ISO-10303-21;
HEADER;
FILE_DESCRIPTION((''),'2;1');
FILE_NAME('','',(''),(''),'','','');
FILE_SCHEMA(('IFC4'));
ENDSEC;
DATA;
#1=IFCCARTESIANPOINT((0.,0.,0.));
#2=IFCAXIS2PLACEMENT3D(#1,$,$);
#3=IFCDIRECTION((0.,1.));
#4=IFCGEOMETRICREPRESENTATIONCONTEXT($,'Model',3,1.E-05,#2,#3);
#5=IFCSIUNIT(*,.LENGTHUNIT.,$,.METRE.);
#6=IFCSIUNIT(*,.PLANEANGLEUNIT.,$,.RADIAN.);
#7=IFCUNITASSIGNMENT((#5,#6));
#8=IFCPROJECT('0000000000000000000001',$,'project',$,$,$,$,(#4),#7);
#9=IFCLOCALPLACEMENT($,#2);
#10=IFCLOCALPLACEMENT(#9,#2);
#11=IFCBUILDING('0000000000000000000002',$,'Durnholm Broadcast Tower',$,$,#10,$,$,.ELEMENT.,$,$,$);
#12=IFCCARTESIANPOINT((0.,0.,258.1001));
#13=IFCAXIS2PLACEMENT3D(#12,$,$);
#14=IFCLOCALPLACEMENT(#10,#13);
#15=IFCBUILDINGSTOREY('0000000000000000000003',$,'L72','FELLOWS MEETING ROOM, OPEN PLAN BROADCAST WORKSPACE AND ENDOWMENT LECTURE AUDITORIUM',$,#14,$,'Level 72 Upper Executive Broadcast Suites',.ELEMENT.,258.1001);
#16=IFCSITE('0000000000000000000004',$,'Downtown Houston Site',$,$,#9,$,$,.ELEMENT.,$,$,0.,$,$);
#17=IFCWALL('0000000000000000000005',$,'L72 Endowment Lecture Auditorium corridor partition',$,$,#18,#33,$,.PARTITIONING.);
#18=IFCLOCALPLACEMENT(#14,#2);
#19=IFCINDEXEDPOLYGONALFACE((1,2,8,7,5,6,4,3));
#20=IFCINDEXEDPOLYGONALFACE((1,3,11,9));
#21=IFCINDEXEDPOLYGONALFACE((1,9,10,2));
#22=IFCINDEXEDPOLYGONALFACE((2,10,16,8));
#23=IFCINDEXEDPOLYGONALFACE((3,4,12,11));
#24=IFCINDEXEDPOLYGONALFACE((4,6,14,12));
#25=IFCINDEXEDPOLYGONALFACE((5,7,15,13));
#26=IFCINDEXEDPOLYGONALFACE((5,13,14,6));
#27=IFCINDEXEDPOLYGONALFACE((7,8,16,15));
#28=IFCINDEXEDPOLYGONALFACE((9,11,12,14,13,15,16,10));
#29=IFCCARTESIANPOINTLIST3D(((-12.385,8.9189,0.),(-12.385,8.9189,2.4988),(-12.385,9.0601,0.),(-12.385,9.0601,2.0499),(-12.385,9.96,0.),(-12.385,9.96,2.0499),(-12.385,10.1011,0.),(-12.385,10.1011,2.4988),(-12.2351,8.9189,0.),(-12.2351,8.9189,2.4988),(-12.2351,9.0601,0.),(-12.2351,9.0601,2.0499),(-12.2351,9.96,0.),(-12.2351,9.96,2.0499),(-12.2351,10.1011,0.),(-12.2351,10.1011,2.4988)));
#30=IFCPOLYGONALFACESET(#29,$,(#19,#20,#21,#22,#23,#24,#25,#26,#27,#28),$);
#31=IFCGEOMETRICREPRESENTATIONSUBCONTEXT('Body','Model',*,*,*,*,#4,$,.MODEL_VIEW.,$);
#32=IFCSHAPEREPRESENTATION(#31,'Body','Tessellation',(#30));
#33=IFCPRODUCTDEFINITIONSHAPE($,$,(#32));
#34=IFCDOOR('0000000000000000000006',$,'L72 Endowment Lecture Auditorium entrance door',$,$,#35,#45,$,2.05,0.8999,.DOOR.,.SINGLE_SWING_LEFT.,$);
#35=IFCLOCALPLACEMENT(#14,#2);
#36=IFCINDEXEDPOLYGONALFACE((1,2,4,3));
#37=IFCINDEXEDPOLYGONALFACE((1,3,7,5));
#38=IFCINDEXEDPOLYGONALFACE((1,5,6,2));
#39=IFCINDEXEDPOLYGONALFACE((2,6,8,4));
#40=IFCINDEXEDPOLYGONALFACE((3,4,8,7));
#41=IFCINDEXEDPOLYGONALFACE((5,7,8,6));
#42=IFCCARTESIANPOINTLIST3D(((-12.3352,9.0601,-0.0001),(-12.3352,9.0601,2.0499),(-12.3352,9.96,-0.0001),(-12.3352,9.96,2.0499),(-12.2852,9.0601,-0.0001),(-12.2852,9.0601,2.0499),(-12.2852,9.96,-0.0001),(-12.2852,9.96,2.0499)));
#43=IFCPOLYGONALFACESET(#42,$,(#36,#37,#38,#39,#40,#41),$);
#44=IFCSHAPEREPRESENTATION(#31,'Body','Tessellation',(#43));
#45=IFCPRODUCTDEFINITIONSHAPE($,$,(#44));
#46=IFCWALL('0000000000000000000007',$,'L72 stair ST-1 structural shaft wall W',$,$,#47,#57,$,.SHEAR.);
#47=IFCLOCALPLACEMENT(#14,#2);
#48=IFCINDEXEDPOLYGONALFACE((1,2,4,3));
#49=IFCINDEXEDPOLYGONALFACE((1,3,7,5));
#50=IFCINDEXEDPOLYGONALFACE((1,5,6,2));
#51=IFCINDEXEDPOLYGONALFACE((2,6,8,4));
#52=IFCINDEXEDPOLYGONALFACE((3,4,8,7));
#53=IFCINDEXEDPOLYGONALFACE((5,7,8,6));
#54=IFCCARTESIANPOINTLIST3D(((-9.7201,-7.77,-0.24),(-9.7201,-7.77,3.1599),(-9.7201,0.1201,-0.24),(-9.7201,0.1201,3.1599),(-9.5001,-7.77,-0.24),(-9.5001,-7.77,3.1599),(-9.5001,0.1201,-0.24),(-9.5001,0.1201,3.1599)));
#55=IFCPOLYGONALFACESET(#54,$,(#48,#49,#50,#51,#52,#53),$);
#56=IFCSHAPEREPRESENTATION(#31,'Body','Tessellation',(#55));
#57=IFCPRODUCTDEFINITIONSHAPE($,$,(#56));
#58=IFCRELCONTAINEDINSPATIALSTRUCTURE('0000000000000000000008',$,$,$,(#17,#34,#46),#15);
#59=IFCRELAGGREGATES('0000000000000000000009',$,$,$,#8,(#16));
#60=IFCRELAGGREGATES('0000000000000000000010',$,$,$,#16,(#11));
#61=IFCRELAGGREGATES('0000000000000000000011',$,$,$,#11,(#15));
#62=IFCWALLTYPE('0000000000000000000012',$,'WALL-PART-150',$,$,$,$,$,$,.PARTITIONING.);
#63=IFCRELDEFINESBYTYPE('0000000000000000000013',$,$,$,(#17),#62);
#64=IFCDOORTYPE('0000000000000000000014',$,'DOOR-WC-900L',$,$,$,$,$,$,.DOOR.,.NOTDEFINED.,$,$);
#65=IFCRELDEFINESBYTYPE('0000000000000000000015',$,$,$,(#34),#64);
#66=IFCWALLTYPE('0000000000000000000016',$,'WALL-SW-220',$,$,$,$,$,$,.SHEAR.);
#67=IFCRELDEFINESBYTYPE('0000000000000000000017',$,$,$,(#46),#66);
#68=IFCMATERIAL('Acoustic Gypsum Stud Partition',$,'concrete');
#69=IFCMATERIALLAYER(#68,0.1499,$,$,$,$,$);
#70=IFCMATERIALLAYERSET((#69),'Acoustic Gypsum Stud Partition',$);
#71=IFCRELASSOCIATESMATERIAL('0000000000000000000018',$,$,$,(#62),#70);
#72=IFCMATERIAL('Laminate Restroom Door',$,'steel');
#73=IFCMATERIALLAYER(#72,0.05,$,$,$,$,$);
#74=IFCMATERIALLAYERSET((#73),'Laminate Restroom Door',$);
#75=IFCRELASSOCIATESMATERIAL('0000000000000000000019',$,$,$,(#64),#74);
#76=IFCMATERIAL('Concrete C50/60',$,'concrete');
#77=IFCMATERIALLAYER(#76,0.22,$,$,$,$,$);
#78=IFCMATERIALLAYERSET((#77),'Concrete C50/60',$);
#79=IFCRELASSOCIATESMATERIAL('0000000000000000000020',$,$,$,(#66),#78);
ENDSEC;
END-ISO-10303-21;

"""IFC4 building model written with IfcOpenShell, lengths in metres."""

from ifc_helpers import new_model, si_unit, direction, frame, frame_2d, origin, place, context, subcontext, project, spatial, rectangle, extrude, source, transform, mapped, material, layer, layer_set, type_object, type_shapes, element, fill, save


model = new_model("IFC4")

# Units and contexts
model_context = context("Model", 3, precision=1e-05, world=origin(), true_north=direction((0.0, 1.0)))
body_context = subcontext(model_context, "Body", "Model", "MODEL_VIEW")
ifc_project = project(units=[si_unit("LENGTHUNIT", "METRE"), si_unit("PLANEANGLEUNIT", "RADIAN")], contexts=[model_context])

# Site, building, storey
site_placement = place(None, origin())
site = spatial("IfcSite", under=ifc_project, at=site_placement, Name="Downtown Houston Site", CompositionType="ELEMENT", RefElevation=0.0)
building_placement = place(site_placement, origin())
building = spatial("IfcBuilding", under=site, at=building_placement, Name="Durnholm Broadcast Tower", CompositionType="ELEMENT")
storey_placement = place(building_placement, frame((0.0, 0.0, 258.1001)))
storey = spatial("IfcBuildingStorey", under=building, at=storey_placement, Name="L72", Description="FELLOWS MEETING ROOM, OPEN PLAN BROADCAST WORKSPACE AND ENDOWMENT LECTURE AUDITORIUM", LongName="Level 72 Upper Executive Broadcast Suites", CompositionType="ELEMENT", Elevation=258.1001)

# Shared definitions
ifc_material_1 = material(Name="Acoustic Gypsum Stud Partition", Category="concrete")
ifc_layer_1 = layer(ifc_material_1, 0.1499)
ifc_layer_set_1 = layer_set([ifc_layer_1], Name="Acoustic Gypsum Stud Partition")
wall_type_1 = type_object("IfcWallType", Name="WALL-PART-150", PredefinedType="PARTITIONING", material=ifc_layer_set_1)

# Wall, opening, door
wall_1_placement = place(storey_placement, frame((-12.3101, 10.1011, 0.0), z_axis=(0.0, 0.0, 1.0), x_axis=(0.0, -1.0, 0.0)))
wall_1 = element("IfcWall", 1, at=wall_1_placement, inside=storey, type_object=wall_type_1, Name="L72 Endowment Lecture Auditorium corridor partition", PredefinedType="PARTITIONING", context=body_context, shape_type="SweptSolid", body=[
    extrude(rectangle(XDim=1.1821, YDim=0.1499, at=frame_2d((0.5911, 0.0))), origin(), (0.0, 0.0, 1.0), 2.4988),
])
opening_1_placement = place(wall_1_placement, frame((0.1411, 0.0, 0.0)))
opening_1 = element("IfcOpeningElement", 2, at=opening_1_placement, cuts=wall_1, PredefinedType="OPENING", context=body_context, shape_type="SweptSolid", body=[
    extrude(rectangle(XDim=0.8999, YDim=2.05, at=frame_2d((0.45, 1.0249))), frame((0.0, 0.085, 0.0), z_axis=(0.0, -1.0, 0.0), x_axis=(1.0, 0.0, 0.0)), (0.0, 0.0, 1.0), 0.1699),
])
ifc_material_2 = material(Name="Laminate Restroom Door", Category="steel")
ifc_layer_2 = layer(ifc_material_2, 0.05)
ifc_layer_set_2 = layer_set([ifc_layer_2], Name="Laminate Restroom Door")
door_type_1 = type_object("IfcDoorType", Name="DOOR-WC-900L", OperationType="NOTDEFINED", PredefinedType="DOOR", material=ifc_layer_set_2)
shared_shape_1 = source(origin(), body_context, "Body", "SweptSolid", [
    extrude(rectangle(XDim=0.8999, YDim=2.05, at=frame_2d((0.45, 1.0249))), frame((0.0, 0.0249, 0.0), z_axis=(0.0, -1.0, 0.0), x_axis=(1.0, 0.0, 0.0)), (0.0, 0.0, 1.0), 0.05),
])
type_shapes(door_type_1, [shared_shape_1])
door_1_placement = place(opening_1_placement, origin())
door_1 = element("IfcDoor", 3, at=door_1_placement, inside=storey, type_object=door_type_1, Name="L72 Endowment Lecture Auditorium entrance door", OperationType="SINGLE_SWING_LEFT", OverallHeight=2.05, OverallWidth=0.8999, PredefinedType="DOOR", context=body_context, shape_type="MappedRepresentation", body=[
    mapped(shared_shape_1, transform((0.0, 0.0, 0.0), x_axis=(1.0, 0.0, 0.0), y_axis=(0.0, 1.0, 0.0), z_axis=(0.0, 0.0, 1.0), scale=1.0)),
])
fill(opening_1, door_1)

# Wall
ifc_material_3 = material(Name="Concrete C50/60", Category="concrete")
ifc_layer_3 = layer(ifc_material_3, 0.22)
ifc_layer_set_3 = layer_set([ifc_layer_3], Name="Concrete C50/60")
wall_type_2 = type_object("IfcWallType", Name="WALL-SW-220", PredefinedType="SHEAR", material=ifc_layer_set_3)
wall_2_placement = place(storey_placement, frame((-9.6101, 0.1201, -0.24), z_axis=(0.0, 0.0, 1.0), x_axis=(0.0, -1.0, 0.0)))
element("IfcWall", 4, at=wall_2_placement, inside=storey, type_object=wall_type_2, Name="L72 stair ST-1 structural shaft wall W", PredefinedType="SHEAR", context=body_context, shape_type="SweptSolid", body=[
    extrude(rectangle(XDim=7.8901, YDim=0.22, at=frame_2d((3.9451, 0.0))), origin(), (0.0, 0.0, 1.0), 3.3999),
])

save(model, "model.ifc")
